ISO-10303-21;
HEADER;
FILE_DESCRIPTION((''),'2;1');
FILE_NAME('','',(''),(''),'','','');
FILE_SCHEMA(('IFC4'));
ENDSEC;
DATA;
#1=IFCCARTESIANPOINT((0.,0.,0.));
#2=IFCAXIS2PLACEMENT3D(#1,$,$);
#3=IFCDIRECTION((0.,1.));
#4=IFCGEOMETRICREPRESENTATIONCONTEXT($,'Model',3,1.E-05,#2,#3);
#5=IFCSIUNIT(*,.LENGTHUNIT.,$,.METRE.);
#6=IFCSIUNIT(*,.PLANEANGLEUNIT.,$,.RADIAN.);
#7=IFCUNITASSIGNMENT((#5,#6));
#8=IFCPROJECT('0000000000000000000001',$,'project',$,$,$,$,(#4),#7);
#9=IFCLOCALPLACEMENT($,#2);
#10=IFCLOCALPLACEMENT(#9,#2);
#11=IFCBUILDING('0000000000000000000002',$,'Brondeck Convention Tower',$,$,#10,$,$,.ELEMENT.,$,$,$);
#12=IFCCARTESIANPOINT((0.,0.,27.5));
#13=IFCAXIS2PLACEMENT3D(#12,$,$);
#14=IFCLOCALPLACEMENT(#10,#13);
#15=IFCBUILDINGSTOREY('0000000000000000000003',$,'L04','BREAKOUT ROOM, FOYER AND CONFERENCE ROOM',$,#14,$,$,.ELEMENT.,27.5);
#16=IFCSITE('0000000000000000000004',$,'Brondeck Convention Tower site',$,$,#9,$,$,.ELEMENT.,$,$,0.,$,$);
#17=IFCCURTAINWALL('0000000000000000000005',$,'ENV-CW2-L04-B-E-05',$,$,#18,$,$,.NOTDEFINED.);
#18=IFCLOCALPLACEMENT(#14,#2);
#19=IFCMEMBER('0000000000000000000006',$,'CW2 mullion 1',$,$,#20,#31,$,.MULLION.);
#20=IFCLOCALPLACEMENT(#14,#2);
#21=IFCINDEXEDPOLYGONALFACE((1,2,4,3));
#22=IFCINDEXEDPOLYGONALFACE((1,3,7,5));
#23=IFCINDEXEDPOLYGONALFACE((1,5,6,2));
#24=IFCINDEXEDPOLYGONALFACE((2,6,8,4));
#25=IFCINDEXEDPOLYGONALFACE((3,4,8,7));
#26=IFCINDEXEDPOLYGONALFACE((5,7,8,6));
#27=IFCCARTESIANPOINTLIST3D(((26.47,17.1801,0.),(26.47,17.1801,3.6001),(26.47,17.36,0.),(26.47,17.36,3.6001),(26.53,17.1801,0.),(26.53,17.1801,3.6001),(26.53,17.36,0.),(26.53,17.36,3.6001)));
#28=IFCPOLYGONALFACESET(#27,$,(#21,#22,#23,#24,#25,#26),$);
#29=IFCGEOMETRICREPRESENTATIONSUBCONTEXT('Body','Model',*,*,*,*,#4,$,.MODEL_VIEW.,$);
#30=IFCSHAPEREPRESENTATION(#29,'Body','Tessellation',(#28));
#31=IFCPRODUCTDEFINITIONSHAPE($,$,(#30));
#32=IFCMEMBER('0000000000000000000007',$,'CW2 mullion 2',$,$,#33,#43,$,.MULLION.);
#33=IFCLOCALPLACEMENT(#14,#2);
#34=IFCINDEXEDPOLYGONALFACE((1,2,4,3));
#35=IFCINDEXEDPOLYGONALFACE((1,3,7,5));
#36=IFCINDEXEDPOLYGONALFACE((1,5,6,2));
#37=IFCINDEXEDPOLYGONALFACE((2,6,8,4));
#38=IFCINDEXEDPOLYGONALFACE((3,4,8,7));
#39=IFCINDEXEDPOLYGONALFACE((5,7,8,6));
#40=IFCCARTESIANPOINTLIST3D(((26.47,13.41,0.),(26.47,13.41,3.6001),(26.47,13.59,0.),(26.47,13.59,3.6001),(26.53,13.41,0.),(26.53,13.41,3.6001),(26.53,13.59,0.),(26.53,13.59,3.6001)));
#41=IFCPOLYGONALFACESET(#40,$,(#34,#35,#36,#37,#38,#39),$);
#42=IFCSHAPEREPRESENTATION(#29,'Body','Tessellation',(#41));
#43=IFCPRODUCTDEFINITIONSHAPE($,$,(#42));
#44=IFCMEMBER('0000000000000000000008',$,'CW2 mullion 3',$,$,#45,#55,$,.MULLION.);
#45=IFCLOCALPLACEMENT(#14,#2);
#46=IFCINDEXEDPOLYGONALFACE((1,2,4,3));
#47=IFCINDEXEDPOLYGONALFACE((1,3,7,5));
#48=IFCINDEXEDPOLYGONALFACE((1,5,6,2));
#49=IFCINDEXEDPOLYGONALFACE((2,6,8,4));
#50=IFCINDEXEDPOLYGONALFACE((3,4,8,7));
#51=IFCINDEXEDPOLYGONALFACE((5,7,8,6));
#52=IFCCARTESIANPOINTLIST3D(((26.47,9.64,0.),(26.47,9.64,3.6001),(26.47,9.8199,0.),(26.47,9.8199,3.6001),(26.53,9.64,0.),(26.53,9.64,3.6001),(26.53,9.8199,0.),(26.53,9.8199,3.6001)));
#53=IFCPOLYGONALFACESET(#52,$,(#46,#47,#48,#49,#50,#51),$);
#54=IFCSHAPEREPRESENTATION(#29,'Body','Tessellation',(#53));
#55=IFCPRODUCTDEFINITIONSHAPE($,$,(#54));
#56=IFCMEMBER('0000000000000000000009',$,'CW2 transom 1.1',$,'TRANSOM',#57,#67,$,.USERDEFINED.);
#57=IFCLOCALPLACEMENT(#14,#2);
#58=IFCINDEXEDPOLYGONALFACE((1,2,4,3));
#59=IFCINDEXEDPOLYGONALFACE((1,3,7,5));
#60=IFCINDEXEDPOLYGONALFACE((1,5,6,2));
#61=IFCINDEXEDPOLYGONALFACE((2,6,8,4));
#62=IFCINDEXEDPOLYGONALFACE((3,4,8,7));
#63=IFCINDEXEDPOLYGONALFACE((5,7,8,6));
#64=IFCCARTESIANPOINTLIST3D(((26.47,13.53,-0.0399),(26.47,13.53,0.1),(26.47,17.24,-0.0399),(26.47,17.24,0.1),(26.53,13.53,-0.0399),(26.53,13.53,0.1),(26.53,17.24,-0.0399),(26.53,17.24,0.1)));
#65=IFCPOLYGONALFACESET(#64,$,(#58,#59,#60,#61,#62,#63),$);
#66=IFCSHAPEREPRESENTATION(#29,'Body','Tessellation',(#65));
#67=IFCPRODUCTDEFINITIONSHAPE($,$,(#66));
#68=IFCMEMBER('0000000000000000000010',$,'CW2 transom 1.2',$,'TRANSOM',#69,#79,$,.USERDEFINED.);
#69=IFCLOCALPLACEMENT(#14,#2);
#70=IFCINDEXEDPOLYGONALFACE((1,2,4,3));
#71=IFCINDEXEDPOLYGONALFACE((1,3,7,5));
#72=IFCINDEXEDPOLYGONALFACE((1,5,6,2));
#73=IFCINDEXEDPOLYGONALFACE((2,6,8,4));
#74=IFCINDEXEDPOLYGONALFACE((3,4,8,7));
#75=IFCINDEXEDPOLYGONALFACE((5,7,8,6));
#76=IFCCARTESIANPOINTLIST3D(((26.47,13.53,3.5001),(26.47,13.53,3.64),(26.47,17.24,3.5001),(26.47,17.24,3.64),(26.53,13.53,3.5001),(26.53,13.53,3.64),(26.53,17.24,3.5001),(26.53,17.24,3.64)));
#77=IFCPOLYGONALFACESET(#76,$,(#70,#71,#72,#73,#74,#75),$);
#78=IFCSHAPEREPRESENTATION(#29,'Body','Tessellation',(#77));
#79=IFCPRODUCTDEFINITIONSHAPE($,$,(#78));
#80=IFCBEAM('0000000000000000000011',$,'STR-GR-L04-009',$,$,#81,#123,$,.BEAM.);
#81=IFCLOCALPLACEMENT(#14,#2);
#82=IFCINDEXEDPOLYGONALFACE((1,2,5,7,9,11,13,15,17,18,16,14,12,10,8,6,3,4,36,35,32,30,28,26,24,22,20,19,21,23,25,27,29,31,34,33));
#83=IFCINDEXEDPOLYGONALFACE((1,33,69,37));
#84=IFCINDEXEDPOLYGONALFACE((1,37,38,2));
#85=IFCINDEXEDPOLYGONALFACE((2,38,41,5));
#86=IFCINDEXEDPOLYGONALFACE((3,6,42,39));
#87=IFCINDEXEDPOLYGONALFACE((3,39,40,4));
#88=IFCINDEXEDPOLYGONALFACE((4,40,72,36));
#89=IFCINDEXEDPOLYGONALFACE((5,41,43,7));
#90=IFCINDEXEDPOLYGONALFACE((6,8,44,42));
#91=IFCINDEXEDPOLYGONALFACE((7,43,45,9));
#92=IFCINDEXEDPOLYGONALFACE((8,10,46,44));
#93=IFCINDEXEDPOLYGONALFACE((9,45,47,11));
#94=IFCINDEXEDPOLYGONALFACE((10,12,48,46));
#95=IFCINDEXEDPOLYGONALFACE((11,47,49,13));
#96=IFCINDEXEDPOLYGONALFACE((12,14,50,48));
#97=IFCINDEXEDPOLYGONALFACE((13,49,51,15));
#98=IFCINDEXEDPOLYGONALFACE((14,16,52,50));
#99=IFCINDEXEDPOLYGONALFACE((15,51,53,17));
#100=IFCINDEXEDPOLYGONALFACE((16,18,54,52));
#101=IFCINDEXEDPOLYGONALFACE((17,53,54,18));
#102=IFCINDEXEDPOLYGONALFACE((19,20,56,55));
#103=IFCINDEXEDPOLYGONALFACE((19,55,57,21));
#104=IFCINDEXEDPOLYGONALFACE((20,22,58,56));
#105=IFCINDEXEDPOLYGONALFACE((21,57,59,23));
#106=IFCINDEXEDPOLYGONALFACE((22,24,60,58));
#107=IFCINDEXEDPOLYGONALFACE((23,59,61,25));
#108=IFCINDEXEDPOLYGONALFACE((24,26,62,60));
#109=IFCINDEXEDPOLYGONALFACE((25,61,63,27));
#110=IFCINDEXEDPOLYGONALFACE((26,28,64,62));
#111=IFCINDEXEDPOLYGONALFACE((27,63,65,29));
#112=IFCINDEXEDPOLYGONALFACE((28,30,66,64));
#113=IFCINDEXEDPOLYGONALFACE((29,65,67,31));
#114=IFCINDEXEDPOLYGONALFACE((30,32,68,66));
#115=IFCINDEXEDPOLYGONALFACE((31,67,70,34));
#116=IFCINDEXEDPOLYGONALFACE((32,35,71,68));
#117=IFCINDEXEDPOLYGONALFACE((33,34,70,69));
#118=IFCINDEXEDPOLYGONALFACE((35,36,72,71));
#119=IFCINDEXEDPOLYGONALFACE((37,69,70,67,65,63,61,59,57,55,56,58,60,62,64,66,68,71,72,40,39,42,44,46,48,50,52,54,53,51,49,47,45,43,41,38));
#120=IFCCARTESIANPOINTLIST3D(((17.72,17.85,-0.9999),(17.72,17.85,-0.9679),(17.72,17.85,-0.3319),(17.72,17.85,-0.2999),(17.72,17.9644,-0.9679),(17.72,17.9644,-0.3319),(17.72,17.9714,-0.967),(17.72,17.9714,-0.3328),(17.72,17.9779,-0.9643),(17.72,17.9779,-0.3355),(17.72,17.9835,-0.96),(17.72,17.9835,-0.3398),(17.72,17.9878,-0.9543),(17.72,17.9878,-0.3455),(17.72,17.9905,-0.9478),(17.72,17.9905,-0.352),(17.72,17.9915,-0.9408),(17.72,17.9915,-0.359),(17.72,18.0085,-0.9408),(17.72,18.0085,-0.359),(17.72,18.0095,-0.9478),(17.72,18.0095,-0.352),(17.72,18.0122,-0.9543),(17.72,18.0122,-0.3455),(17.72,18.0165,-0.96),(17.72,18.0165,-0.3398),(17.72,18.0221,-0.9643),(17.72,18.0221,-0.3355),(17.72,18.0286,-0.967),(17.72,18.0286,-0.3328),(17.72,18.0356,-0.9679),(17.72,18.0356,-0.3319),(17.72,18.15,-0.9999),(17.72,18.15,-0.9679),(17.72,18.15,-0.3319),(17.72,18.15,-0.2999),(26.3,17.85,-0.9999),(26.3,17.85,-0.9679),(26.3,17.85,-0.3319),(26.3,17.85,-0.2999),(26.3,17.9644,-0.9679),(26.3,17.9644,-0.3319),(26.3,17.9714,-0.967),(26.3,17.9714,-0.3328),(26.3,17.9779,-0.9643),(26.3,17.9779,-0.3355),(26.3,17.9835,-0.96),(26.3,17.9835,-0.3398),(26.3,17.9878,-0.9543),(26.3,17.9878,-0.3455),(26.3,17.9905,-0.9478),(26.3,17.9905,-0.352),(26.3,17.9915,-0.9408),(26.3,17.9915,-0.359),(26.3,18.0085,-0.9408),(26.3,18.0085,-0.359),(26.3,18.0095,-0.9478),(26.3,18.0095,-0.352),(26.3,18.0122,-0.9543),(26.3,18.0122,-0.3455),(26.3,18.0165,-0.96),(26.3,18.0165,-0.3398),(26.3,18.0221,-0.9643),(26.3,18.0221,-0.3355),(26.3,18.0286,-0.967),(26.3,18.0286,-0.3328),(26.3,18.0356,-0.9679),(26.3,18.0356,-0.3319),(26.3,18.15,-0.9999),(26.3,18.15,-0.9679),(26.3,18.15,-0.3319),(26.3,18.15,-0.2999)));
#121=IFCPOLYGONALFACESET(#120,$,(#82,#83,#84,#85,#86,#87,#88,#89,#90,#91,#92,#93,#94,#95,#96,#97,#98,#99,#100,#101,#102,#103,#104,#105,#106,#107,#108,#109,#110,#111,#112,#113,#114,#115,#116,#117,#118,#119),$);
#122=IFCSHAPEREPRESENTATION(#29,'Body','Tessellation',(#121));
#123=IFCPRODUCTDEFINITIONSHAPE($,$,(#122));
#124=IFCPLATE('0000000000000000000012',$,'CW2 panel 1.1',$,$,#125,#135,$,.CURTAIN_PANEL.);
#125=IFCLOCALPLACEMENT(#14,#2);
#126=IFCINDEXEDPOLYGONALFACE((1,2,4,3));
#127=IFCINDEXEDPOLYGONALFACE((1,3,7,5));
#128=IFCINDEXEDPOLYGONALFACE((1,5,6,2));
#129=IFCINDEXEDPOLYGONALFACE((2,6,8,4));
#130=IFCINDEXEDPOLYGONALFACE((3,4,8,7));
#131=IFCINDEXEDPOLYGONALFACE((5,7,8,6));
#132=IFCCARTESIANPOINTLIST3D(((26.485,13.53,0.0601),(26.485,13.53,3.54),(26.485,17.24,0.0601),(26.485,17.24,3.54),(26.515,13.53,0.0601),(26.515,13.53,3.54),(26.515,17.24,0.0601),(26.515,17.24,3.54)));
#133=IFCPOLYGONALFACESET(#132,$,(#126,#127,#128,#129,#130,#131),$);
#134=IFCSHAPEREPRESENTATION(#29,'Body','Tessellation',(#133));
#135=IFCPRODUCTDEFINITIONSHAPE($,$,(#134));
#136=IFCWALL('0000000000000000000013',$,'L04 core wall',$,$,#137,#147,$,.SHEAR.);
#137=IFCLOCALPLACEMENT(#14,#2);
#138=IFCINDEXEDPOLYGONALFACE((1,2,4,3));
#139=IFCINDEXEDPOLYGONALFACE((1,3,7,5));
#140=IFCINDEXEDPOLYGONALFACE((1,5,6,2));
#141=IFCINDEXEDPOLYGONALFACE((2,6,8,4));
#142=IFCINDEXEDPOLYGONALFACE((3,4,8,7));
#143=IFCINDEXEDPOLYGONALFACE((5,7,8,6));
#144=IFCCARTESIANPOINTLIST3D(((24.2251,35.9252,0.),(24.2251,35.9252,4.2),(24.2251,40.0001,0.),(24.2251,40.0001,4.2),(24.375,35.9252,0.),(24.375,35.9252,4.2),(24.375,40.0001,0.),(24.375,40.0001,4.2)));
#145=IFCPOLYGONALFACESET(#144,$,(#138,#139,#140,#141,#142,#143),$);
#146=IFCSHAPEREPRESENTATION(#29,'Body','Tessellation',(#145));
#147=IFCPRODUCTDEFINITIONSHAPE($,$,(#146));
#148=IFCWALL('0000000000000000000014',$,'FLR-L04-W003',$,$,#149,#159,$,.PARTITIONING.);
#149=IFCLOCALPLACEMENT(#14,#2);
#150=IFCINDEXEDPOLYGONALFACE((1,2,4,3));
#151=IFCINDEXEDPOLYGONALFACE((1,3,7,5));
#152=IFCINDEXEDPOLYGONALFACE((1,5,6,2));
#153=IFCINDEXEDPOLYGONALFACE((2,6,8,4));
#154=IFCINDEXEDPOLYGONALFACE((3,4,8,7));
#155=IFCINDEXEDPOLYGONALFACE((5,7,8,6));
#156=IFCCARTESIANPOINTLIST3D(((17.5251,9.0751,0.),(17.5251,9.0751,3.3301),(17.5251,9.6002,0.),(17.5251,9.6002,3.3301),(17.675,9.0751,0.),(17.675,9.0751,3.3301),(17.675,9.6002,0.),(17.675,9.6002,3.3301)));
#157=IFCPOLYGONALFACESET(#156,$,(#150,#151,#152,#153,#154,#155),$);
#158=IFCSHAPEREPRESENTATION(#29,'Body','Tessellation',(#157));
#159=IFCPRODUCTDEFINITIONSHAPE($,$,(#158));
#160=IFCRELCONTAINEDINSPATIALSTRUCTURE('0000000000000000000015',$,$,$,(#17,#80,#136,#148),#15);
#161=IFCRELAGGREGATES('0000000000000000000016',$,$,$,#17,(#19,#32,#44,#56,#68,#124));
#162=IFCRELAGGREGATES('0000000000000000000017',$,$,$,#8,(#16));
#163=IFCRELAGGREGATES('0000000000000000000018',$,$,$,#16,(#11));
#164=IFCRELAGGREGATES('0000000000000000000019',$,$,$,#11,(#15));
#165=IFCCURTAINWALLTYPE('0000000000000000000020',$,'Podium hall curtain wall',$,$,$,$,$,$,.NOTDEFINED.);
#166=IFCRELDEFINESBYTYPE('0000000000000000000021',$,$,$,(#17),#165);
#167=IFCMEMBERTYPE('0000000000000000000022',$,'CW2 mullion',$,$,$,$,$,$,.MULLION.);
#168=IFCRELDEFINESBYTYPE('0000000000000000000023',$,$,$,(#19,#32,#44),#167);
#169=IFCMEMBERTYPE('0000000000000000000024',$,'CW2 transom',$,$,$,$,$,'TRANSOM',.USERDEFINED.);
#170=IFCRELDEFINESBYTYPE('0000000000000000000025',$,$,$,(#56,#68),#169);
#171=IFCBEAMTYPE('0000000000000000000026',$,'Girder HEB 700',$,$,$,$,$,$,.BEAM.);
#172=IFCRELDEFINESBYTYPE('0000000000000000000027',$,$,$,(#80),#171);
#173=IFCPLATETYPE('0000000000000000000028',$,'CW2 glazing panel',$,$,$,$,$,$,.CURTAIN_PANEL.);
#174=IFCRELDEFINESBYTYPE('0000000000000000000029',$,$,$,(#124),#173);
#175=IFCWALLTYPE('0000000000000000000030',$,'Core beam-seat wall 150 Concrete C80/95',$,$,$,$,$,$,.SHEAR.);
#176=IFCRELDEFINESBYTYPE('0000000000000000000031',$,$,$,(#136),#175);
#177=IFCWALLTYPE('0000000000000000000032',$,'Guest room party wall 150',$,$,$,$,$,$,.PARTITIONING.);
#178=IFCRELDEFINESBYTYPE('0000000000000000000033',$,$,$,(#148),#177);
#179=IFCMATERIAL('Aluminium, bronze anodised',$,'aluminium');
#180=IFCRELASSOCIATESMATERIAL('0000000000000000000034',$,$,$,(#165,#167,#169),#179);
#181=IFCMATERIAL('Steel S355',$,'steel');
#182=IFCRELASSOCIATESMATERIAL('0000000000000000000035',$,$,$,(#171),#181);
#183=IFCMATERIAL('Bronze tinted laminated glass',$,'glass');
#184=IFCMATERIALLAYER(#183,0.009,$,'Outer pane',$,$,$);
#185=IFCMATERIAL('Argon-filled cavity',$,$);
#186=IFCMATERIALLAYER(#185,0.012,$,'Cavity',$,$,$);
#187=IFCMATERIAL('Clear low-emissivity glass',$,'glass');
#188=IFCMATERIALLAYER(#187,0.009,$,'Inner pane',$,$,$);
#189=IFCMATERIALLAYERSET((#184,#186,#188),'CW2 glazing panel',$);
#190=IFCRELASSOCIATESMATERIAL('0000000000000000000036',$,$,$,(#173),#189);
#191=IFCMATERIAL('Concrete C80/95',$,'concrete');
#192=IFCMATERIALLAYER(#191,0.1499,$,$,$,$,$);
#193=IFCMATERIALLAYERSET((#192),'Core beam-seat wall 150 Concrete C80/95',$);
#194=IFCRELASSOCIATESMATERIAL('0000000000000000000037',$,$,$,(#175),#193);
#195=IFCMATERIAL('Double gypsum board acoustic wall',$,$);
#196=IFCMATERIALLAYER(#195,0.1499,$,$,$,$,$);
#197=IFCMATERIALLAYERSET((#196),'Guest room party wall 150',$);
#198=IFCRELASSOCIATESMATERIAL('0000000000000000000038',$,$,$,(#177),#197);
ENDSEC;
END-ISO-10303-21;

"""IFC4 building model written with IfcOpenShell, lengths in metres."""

from ifc_helpers import new_model, si_unit, direction, frame, frame_2d, origin, origin_2d, place, context, subcontext, project, spatial, rectangle, i_section, extrude, material, layer, layer_set, material_profile, profile_set, type_object, element, aggregate, save


model = new_model("IFC4")

# Units and contexts
model_context = context("Model", 3, precision=1e-05, world=origin(), true_north=direction((0.0, 1.0)))
body_context = subcontext(model_context, "Body", "Model", "MODEL_VIEW")
ifc_project = project(units=[si_unit("LENGTHUNIT", "METRE"), si_unit("PLANEANGLEUNIT", "RADIAN")], contexts=[model_context])

# Site, building, storey
site_placement = place(None, origin())
site = spatial("IfcSite", under=ifc_project, at=site_placement, Name="Brondeck Convention Tower site", CompositionType="ELEMENT", RefElevation=0.0)
building_placement = place(site_placement, origin())
building = spatial("IfcBuilding", under=site, at=building_placement, Name="Brondeck Convention Tower", CompositionType="ELEMENT")
storey_placement = place(building_placement, frame((0.0, 0.0, 27.5)))
storey = spatial("IfcBuildingStorey", under=building, at=storey_placement, Name="L04", Description="BREAKOUT ROOM, FOYER AND CONFERENCE ROOM", CompositionType="ELEMENT", Elevation=27.5)

# Curtain wall, members
ifc_material_1 = material(Name="Aluminium, bronze anodised", Category="aluminium")
curtain_wall_type = type_object("IfcCurtainWallType", Name="Podium hall curtain wall", PredefinedType="NOTDEFINED", material=ifc_material_1)
curtain_wall_placement = place(storey_placement, origin())
curtain_wall = element("IfcCurtainWall", 1, at=curtain_wall_placement, inside=storey, type_object=curtain_wall_type, Name="ENV-CW2-L04-B-E-05", PredefinedType="NOTDEFINED")
ifc_material_profile_1 = material_profile(ifc_material_1, rectangle(XDim=0.0601, YDim=0.1799, at=origin_2d()), Name="CW2 mullion")
ifc_profile_set_1 = profile_set([ifc_material_profile_1], Name="Aluminium, bronze anodised")
member_type_1 = type_object("IfcMemberType", Name="CW2 mullion", PredefinedType="MULLION", material=ifc_profile_set_1)
member_1_placement = place(storey_placement, frame((26.5, 17.27, 0.0), z_axis=(0.0, 0.0, 1.0), x_axis=(1.0, 0.0, 0.0)))
member_1 = element("IfcMember", 2, at=member_1_placement, type_object=member_type_1, Name="CW2 mullion 1", PredefinedType="MULLION", context=body_context, shape_type="SweptSolid", body=[
    extrude(rectangle(XDim=0.0601, YDim=0.1799, at=origin_2d()), origin(), (0.0, 0.0, 1.0), 3.6001),
])
member_2_placement = place(storey_placement, frame((26.5, 13.5, 0.0), z_axis=(0.0, 0.0, 1.0), x_axis=(1.0, 0.0, 0.0)))
member_2 = element("IfcMember", 3, at=member_2_placement, type_object=member_type_1, Name="CW2 mullion 2", PredefinedType="MULLION", context=body_context, shape_type="SweptSolid", body=[
    extrude(rectangle(XDim=0.0601, YDim=0.1799, at=origin_2d()), origin(), (0.0, 0.0, 1.0), 3.6001),
])
member_3_placement = place(storey_placement, frame((26.5, 9.73, 0.0), z_axis=(0.0, 0.0, 1.0), x_axis=(1.0, 0.0, 0.0)))
member_3 = element("IfcMember", 4, at=member_3_placement, type_object=member_type_1, Name="CW2 mullion 3", PredefinedType="MULLION", context=body_context, shape_type="SweptSolid", body=[
    extrude(rectangle(XDim=0.0601, YDim=0.1799, at=origin_2d()), origin(), (0.0, 0.0, 1.0), 3.6001),
])
ifc_material_profile_2 = material_profile(ifc_material_1, rectangle(XDim=0.0601, YDim=0.1399, at=origin_2d()), Name="CW2 transom")
ifc_profile_set_2 = profile_set([ifc_material_profile_2], Name="Aluminium, bronze anodised")
member_type_2 = type_object("IfcMemberType", Name="CW2 transom", ElementType="TRANSOM", PredefinedType="USERDEFINED", material=ifc_profile_set_2)
member_4_placement = place(storey_placement, frame((26.5, 17.24, 0.03), z_axis=(0.0, -1.0, 0.0), x_axis=(1.0, 0.0, 0.0)))
member_4 = element("IfcMember", 5, at=member_4_placement, type_object=member_type_2, Name="CW2 transom 1.1", ObjectType="TRANSOM", PredefinedType="USERDEFINED", context=body_context, shape_type="SweptSolid", body=[
    extrude(rectangle(XDim=0.0601, YDim=0.1399, at=origin_2d()), origin(), (0.0, 0.0, 1.0), 3.71),
])
member_5_placement = place(storey_placement, frame((26.5, 17.24, 3.5701), z_axis=(0.0, -1.0, 0.0), x_axis=(1.0, 0.0, 0.0)))
member_5 = element("IfcMember", 6, at=member_5_placement, type_object=member_type_2, Name="CW2 transom 1.2", ObjectType="TRANSOM", PredefinedType="USERDEFINED", context=body_context, shape_type="SweptSolid", body=[
    extrude(rectangle(XDim=0.0601, YDim=0.1399, at=origin_2d()), origin(), (0.0, 0.0, 1.0), 3.71),
])

# Beam
ifc_material_2 = material(Name="Steel S355", Category="steel")
ifc_material_profile_3 = material_profile(ifc_material_2, i_section(OverallWidth=0.3, OverallDepth=0.7, WebThickness=0.0171, FlangeThickness=0.032, FilletRadius=0.0271, at=origin_2d()), Name="HEB 700")
ifc_profile_set_3 = profile_set([ifc_material_profile_3], Name="Steel S355")
beam_type = type_object("IfcBeamType", Name="Girder HEB 700", PredefinedType="BEAM", material=ifc_profile_set_3)
beam_placement = place(storey_placement, frame((17.72, 18.0, -0.6499), z_axis=(1.0, 0.0, 0.0), x_axis=(0.0, 1.0, 0.0)))
element("IfcBeam", 7, at=beam_placement, inside=storey, type_object=beam_type, Name="STR-GR-L04-009", PredefinedType="BEAM", context=body_context, shape_type="SweptSolid", body=[
    extrude(i_section(OverallWidth=0.3, OverallDepth=0.7, WebThickness=0.0171, FlangeThickness=0.032, FilletRadius=0.0271, at=origin_2d()), origin(), (0.0, 0.0, 1.0), 8.5801),
])

# Plate
ifc_material_3 = material(Name="Bronze tinted laminated glass", Category="glass")
ifc_layer_1 = layer(ifc_material_3, 0.009, Name="Outer pane")
ifc_material_4 = material(Name="Argon-filled cavity")
ifc_layer_2 = layer(ifc_material_4, 0.012, Name="Cavity")
ifc_material_5 = material(Name="Clear low-emissivity glass", Category="glass")
ifc_layer_3 = layer(ifc_material_5, 0.009, Name="Inner pane")
ifc_layer_set_1 = layer_set([ifc_layer_1, ifc_layer_2, ifc_layer_3], Name="CW2 glazing panel")
plate_type = type_object("IfcPlateType", Name="CW2 glazing panel", PredefinedType="CURTAIN_PANEL", material=ifc_layer_set_1)
plate_placement = place(storey_placement, frame((26.5, 15.385, 0.0601), z_axis=(0.0, 0.0, 1.0), x_axis=(0.0, -1.0, 0.0)))
plate = element("IfcPlate", 8, at=plate_placement, type_object=plate_type, Name="CW2 panel 1.1", PredefinedType="CURTAIN_PANEL", context=body_context, shape_type="SweptSolid", body=[
    extrude(rectangle(XDim=3.71, YDim=0.03, at=origin_2d()), origin(), (0.0, 0.0, 1.0), 3.48),
])
aggregate(curtain_wall, [member_1, member_2, member_3, member_4, member_5, plate])

# Walls
ifc_material_6 = material(Name="Concrete C80/95", Category="concrete")
ifc_layer_4 = layer(ifc_material_6, 0.1499)
ifc_layer_set_2 = layer_set([ifc_layer_4], Name="Core beam-seat wall 150 Concrete C80/95")
wall_type_1 = type_object("IfcWallType", Name="Core beam-seat wall 150 Concrete C80/95", PredefinedType="SHEAR", material=ifc_layer_set_2)
wall_1_placement = place(storey_placement, frame((24.3, 35.925, 0.0), z_axis=(0.0, 0.0, 1.0), x_axis=(0.0, 1.0, 0.0)))
element("IfcWall", 9, at=wall_1_placement, inside=storey, type_object=wall_type_1, Name="L04 core wall", PredefinedType="SHEAR", context=body_context, shape_type="SweptSolid", body=[
    extrude(rectangle(XDim=4.075, YDim=0.1499, at=frame_2d((2.0376, 0.0))), origin(), (0.0, 0.0, 1.0), 4.2),
])
ifc_material_7 = material(Name="Double gypsum board acoustic wall")
ifc_layer_5 = layer(ifc_material_7, 0.1499)
ifc_layer_set_3 = layer_set([ifc_layer_5], Name="Guest room party wall 150")
wall_type_2 = type_object("IfcWallType", Name="Guest room party wall 150", PredefinedType="PARTITIONING", material=ifc_layer_set_3)
wall_2_placement = place(storey_placement, frame((17.6001, 9.075, 0.0), z_axis=(0.0, 0.0, 1.0), x_axis=(0.0, 1.0, 0.0)))
element("IfcWall", 10, at=wall_2_placement, inside=storey, type_object=wall_type_2, Name="FLR-L04-W003", PredefinedType="PARTITIONING", context=body_context, shape_type="SweptSolid", body=[
    extrude(rectangle(XDim=0.5251, YDim=0.1499, at=frame_2d((0.2627, 0.0))), origin(), (0.0, 0.0, 1.0), 3.3301),
])

save(model, "model.ifc")
